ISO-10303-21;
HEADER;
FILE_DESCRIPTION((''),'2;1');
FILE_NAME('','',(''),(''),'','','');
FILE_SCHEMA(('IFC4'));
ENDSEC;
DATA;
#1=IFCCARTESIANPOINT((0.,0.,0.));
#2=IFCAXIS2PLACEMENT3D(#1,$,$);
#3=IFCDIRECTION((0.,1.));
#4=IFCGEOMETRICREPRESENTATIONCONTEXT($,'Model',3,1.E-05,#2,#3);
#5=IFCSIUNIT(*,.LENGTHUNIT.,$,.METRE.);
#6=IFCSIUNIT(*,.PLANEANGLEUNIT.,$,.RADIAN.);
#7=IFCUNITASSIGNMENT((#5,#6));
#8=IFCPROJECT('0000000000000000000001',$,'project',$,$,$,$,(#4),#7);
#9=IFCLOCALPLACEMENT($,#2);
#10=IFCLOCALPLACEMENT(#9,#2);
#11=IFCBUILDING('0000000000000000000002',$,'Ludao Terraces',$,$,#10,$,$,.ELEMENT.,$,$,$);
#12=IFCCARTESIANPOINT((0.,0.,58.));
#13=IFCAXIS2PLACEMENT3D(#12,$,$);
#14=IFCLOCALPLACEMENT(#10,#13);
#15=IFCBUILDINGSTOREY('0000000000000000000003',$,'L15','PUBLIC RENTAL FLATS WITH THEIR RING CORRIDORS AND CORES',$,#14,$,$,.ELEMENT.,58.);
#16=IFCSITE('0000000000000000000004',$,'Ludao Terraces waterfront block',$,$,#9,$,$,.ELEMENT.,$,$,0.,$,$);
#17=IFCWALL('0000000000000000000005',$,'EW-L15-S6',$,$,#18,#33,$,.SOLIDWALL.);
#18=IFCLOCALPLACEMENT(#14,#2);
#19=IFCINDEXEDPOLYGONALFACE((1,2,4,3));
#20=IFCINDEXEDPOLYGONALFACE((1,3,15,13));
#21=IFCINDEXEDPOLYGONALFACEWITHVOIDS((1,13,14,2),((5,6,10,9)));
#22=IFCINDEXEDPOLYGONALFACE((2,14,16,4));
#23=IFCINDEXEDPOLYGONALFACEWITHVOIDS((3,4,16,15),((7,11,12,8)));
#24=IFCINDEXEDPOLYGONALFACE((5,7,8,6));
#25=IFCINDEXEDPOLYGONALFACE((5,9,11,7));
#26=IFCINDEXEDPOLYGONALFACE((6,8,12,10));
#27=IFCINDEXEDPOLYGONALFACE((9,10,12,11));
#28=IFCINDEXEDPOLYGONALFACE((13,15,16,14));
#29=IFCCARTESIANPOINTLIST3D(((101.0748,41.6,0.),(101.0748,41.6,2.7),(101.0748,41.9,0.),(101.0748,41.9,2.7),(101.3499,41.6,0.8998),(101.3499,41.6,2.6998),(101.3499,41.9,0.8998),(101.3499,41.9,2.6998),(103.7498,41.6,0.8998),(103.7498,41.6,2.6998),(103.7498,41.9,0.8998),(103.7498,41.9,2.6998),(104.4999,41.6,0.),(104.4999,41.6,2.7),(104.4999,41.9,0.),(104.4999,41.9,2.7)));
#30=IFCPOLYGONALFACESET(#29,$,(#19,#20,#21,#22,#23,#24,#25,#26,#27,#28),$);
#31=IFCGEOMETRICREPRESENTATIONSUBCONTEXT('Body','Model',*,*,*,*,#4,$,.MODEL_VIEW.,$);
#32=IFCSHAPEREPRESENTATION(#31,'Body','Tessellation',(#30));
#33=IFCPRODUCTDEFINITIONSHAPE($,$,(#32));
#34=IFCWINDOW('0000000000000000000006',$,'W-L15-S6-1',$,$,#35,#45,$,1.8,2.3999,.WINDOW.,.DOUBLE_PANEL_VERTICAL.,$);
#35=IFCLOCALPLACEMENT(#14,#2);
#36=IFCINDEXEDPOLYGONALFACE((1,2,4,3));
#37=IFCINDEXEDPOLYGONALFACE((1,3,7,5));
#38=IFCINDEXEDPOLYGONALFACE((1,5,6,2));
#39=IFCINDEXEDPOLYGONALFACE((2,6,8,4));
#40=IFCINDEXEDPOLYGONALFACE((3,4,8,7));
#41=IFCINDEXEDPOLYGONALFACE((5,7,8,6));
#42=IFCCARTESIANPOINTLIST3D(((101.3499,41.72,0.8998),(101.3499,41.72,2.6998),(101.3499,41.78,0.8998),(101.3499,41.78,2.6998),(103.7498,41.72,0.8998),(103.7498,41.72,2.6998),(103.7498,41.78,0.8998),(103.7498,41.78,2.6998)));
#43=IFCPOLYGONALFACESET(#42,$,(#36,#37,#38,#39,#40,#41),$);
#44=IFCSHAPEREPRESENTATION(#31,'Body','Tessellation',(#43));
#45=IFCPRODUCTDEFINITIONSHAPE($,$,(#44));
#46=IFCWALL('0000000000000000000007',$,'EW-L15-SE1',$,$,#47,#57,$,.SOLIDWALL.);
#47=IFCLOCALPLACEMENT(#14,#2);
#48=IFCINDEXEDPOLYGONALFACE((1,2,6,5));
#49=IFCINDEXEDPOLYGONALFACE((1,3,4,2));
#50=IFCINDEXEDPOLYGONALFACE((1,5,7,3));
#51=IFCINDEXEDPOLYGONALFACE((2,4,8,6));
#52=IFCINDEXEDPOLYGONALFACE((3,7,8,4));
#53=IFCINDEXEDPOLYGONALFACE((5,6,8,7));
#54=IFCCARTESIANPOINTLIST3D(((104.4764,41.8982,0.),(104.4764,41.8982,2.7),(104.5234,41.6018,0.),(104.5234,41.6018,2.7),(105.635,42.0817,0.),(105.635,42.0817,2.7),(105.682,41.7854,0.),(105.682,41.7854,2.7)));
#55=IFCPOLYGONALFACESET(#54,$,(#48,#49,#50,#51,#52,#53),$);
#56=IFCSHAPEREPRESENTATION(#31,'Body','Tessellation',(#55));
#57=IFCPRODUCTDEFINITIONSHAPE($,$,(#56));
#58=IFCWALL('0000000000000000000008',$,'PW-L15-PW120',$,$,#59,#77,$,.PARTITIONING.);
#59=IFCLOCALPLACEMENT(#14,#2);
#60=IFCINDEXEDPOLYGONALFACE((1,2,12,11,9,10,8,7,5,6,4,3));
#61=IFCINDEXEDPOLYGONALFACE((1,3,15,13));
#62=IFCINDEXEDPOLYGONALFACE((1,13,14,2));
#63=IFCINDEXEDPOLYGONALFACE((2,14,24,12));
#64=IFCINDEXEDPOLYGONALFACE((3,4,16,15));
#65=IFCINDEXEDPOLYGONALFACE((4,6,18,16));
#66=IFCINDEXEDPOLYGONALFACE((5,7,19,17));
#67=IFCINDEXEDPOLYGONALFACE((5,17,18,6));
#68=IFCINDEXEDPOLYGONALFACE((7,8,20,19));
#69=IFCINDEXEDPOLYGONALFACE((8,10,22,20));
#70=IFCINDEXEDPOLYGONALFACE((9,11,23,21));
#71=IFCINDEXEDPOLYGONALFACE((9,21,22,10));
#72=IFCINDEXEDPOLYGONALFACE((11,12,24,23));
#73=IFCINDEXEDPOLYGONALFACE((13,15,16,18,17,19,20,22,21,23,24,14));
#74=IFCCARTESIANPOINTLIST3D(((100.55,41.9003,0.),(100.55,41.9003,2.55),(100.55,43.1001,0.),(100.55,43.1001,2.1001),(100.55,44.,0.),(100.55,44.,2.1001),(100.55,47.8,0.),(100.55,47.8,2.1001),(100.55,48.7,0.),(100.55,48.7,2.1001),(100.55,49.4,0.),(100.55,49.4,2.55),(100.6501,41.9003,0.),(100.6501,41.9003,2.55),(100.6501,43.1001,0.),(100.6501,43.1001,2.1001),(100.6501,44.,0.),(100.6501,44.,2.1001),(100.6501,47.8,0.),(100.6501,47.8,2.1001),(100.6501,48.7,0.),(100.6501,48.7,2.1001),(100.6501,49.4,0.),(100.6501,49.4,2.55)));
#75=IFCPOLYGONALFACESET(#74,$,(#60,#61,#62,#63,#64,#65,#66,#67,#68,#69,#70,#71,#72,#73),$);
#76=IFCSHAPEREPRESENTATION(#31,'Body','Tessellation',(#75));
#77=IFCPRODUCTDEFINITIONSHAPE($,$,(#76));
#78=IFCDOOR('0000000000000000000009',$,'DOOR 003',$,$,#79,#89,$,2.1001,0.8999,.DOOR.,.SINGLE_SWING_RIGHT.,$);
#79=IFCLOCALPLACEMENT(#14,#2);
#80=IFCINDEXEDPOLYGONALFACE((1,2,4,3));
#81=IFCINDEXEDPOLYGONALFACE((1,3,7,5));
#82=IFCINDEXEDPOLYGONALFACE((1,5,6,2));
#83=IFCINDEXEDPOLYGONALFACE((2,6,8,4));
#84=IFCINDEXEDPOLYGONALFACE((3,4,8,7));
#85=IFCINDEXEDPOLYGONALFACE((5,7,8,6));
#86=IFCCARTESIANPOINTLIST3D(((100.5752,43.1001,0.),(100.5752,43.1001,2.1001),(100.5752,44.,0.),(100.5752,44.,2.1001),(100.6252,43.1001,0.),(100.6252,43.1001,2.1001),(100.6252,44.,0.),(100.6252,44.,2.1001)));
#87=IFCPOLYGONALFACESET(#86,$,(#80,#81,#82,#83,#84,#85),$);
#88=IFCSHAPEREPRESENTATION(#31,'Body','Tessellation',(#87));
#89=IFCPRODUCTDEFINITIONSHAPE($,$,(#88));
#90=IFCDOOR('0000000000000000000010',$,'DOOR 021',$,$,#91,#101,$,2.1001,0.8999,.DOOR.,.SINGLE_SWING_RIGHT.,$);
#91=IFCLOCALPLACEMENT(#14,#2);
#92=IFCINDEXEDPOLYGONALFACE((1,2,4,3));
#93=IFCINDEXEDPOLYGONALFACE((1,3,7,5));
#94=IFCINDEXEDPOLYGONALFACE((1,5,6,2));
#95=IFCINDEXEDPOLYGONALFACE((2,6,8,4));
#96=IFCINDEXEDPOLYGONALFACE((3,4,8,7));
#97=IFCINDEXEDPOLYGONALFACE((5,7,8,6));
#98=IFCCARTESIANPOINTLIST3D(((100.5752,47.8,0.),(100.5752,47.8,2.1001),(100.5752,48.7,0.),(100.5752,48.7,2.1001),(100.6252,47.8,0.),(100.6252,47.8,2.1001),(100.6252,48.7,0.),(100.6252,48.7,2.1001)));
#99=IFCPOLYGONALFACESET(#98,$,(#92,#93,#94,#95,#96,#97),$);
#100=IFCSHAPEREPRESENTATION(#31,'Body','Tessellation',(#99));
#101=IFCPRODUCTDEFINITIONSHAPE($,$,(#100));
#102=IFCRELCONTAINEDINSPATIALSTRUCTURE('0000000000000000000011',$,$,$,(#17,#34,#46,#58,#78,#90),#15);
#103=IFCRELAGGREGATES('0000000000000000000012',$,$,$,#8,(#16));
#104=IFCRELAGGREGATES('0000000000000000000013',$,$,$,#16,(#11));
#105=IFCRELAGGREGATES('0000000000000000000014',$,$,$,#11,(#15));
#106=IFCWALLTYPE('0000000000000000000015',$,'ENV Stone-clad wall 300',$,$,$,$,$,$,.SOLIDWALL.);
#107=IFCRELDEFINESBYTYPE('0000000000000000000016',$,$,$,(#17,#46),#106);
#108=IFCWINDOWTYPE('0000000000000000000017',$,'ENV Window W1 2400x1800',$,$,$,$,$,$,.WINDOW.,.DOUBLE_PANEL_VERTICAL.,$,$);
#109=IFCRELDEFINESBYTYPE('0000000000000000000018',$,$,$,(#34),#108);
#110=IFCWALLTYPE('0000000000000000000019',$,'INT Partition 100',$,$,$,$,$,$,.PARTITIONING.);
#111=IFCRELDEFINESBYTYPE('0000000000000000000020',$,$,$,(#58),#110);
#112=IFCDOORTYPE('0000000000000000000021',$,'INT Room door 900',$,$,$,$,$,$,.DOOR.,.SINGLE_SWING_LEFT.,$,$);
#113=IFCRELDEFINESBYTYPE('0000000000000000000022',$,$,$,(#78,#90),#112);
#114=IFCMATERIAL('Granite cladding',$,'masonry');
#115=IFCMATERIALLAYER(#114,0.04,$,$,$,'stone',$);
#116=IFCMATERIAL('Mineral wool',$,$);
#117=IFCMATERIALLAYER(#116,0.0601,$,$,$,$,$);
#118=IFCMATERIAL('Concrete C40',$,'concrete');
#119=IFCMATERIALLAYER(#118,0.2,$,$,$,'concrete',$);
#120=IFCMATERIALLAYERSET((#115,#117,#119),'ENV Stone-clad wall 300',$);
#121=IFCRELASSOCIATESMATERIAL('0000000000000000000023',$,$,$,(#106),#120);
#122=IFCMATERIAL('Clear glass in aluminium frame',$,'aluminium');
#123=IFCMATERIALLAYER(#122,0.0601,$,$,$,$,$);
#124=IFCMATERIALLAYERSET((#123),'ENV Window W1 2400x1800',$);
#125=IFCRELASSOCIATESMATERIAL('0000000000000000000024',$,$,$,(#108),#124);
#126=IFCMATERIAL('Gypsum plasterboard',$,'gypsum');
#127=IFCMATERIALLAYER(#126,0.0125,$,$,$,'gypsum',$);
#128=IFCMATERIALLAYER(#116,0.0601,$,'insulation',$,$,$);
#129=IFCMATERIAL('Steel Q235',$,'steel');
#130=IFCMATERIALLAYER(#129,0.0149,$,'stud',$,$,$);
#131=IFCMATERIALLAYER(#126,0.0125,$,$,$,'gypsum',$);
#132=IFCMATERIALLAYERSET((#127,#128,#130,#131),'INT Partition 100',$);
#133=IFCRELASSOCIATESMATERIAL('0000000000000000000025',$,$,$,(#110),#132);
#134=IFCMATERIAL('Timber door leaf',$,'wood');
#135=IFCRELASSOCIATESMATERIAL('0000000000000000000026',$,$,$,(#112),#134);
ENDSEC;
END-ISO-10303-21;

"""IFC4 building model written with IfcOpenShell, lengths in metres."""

from ifc_helpers import new_model, si_unit, direction, frame, frame_2d, origin, place, context, subcontext, project, spatial, rectangle, extrude, material, layer, layer_set, type_object, element, fill, save


model = new_model("IFC4")

# Units and contexts
model_context = context("Model", 3, precision=1e-05, world=origin(), true_north=direction((0.0, 1.0)))
body_context = subcontext(model_context, "Body", "Model", "MODEL_VIEW")
ifc_project = project(units=[si_unit("LENGTHUNIT", "METRE"), si_unit("PLANEANGLEUNIT", "RADIAN")], contexts=[model_context])

# Site, building, storey
site_placement = place(None, origin())
site = spatial("IfcSite", under=ifc_project, at=site_placement, Name="Ludao Terraces waterfront block", CompositionType="ELEMENT", RefElevation=0.0)
building_placement = place(site_placement, origin())
building = spatial("IfcBuilding", under=site, at=building_placement, Name="Ludao Terraces", CompositionType="ELEMENT")
storey_placement = place(building_placement, frame((0.0, 0.0, 58.0)))
storey = spatial("IfcBuildingStorey", under=building, at=storey_placement, Name="L15", Description="PUBLIC RENTAL FLATS WITH THEIR RING CORRIDORS AND CORES", CompositionType="ELEMENT", Elevation=58.0)

# Wall, opening, window
ifc_material_1 = material(Name="Granite cladding", Category="masonry")
ifc_layer_1 = layer(ifc_material_1, 0.04, Category="stone")
ifc_material_2 = material(Name="Mineral wool")
ifc_layer_2 = layer(ifc_material_2, 0.0601)
ifc_material_3 = material(Name="Concrete C40", Category="concrete")
ifc_layer_3 = layer(ifc_material_3, 0.2, Category="concrete")
ifc_layer_set_1 = layer_set([ifc_layer_1, ifc_layer_2, ifc_layer_3], Name="ENV Stone-clad wall 300")
wall_type_1 = type_object("IfcWallType", Name="ENV Stone-clad wall 300", PredefinedType="SOLIDWALL", material=ifc_layer_set_1)
wall_1_placement = place(storey_placement, frame((101.075, 41.75, 0.0), z_axis=(0.0, 0.0, 1.0), x_axis=(1.0, 0.0, 0.0)))
wall_1 = element("IfcWall", 1, at=wall_1_placement, inside=storey, type_object=wall_type_1, Name="EW-L15-S6", PredefinedType="SOLIDWALL", context=body_context, shape_type="SweptSolid", body=[
    extrude(rectangle(XDim=3.425, YDim=0.3, at=frame_2d((1.7124, 0.0))), origin(), (0.0, 0.0, 1.0), 2.7),
])
opening_1_placement = place(wall_1_placement, frame((0.2749, 0.0, 0.8999)))
opening_1 = element("IfcOpeningElement", 2, at=opening_1_placement, cuts=wall_1, PredefinedType="OPENING", context=body_context, shape_type="SweptSolid", body=[
    extrude(rectangle(XDim=2.3999, YDim=1.8, at=frame_2d((1.2, 0.8999))), frame((0.0, 0.1602, 0.0), z_axis=(0.0, -1.0, 0.0), x_axis=(1.0, 0.0, 0.0)), (0.0, 0.0, 1.0), 0.3201),
])
ifc_material_4 = material(Name="Clear glass in aluminium frame", Category="aluminium")
ifc_layer_4 = layer(ifc_material_4, 0.0601)
ifc_layer_set_2 = layer_set([ifc_layer_4], Name="ENV Window W1 2400x1800")
window_type = type_object("IfcWindowType", Name="ENV Window W1 2400x1800", PartitioningType="DOUBLE_PANEL_VERTICAL", PredefinedType="WINDOW", material=ifc_layer_set_2)
window_placement = place(opening_1_placement, origin())
window = element("IfcWindow", 3, at=window_placement, inside=storey, type_object=window_type, Name="W-L15-S6-1", OverallHeight=1.8, OverallWidth=2.3999, PartitioningType="DOUBLE_PANEL_VERTICAL", PredefinedType="WINDOW", context=body_context, shape_type="SweptSolid", body=[
    extrude(rectangle(XDim=2.3999, YDim=1.8, at=frame_2d((1.2, 0.8999))), frame((0.0, 0.03, 0.0), z_axis=(0.0, -1.0, 0.0), x_axis=(1.0, 0.0, 0.0)), (0.0, 0.0, 1.0), 0.0601),
])
fill(opening_1, window)

# Wall
wall_2_placement = place(storey_placement, frame((104.5, 41.75, 0.0), z_axis=(0.0, 0.0, 1.0), x_axis=(0.987678, 0.156497, 0.0)))
element("IfcWall", 4, at=wall_2_placement, inside=storey, type_object=wall_type_1, Name="EW-L15-SE1", PredefinedType="SOLIDWALL", context=body_context, shape_type="SweptSolid", body=[
    extrude(rectangle(XDim=1.1731, YDim=0.3, at=frame_2d((0.5864, 0.0))), origin(), (0.0, 0.0, 1.0), 2.7),
])

# Wall, openings, doors
ifc_material_5 = material(Name="Gypsum plasterboard", Category="gypsum")
ifc_layer_5 = layer(ifc_material_5, 0.0125, Category="gypsum")
ifc_layer_6 = layer(ifc_material_2, 0.0601, Name="insulation")
ifc_material_6 = material(Name="Steel Q235", Category="steel")
ifc_layer_7 = layer(ifc_material_6, 0.0149, Name="stud")
ifc_layer_8 = layer(ifc_material_5, 0.0125, Category="gypsum")
ifc_layer_set_3 = layer_set([ifc_layer_5, ifc_layer_6, ifc_layer_7, ifc_layer_8], Name="INT Partition 100")
wall_type_2 = type_object("IfcWallType", Name="INT Partition 100", PredefinedType="PARTITIONING", material=ifc_layer_set_3)
wall_3_placement = place(storey_placement, frame((100.6001, 41.9001, 0.0), z_axis=(0.0, 0.0, 1.0), x_axis=(0.0, 1.0, 0.0)))
wall_3 = element("IfcWall", 5, at=wall_3_placement, inside=storey, type_object=wall_type_2, Name="PW-L15-PW120", PredefinedType="PARTITIONING", context=body_context, shape_type="SweptSolid", body=[
    extrude(rectangle(XDim=7.4998, YDim=0.1001, at=frame_2d((3.75, 0.0))), origin(), (0.0, 0.0, 1.0), 2.55),
])
opening_2_placement = place(wall_3_placement, frame((1.2, 0.0, 0.0)))
opening_2 = element("IfcOpeningElement", 6, at=opening_2_placement, cuts=wall_3, PredefinedType="OPENING", context=body_context, shape_type="SweptSolid", body=[
    extrude(rectangle(XDim=0.8999, YDim=2.1001, at=frame_2d((0.45, 1.05))), frame((0.0, 0.0601, 0.0), z_axis=(0.0, -1.0, 0.0), x_axis=(1.0, 0.0, 0.0)), (0.0, 0.0, 1.0), 0.1201),
])
opening_3_placement = place(wall_3_placement, frame((5.8999, 0.0, 0.0)))
opening_3 = element("IfcOpeningElement", 7, at=opening_3_placement, cuts=wall_3, PredefinedType="OPENING", context=body_context, shape_type="SweptSolid", body=[
    extrude(rectangle(XDim=0.8999, YDim=2.1001, at=frame_2d((0.45, 1.05))), frame((0.0, 0.0601, 0.0), z_axis=(0.0, -1.0, 0.0), x_axis=(1.0, 0.0, 0.0)), (0.0, 0.0, 1.0), 0.1201),
])
ifc_material_7 = material(Name="Timber door leaf", Category="wood")
door_type = type_object("IfcDoorType", Name="INT Room door 900", OperationType="SINGLE_SWING_LEFT", PredefinedType="DOOR", material=ifc_material_7)
door_1_placement = place(opening_2_placement, origin())
door_1 = element("IfcDoor", 8, at=door_1_placement, inside=storey, type_object=door_type, Name="DOOR 003", OperationType="SINGLE_SWING_RIGHT", OverallHeight=2.1001, OverallWidth=0.8999, PredefinedType="DOOR", context=body_context, shape_type="SweptSolid", body=[
    extrude(rectangle(XDim=0.8999, YDim=2.1001, at=frame_2d((0.45, 1.05))), frame((0.0, 0.0249, 0.0), z_axis=(0.0, -1.0, 0.0), x_axis=(1.0, 0.0, 0.0)), (0.0, 0.0, 1.0), 0.05),
])
fill(opening_2, door_1)
door_2_placement = place(opening_3_placement, origin())
door_2 = element("IfcDoor", 9, at=door_2_placement, inside=storey, type_object=door_type, Name="DOOR 021", OperationType="SINGLE_SWING_RIGHT", OverallHeight=2.1001, OverallWidth=0.8999, PredefinedType="DOOR", context=body_context, shape_type="SweptSolid", body=[
    extrude(rectangle(XDim=0.8999, YDim=2.1001, at=frame_2d((0.45, 1.05))), frame((0.0, 0.0249, 0.0), z_axis=(0.0, -1.0, 0.0), x_axis=(1.0, 0.0, 0.0)), (0.0, 0.0, 1.0), 0.05),
])
fill(opening_3, door_2)

save(model, "model.ifc")
